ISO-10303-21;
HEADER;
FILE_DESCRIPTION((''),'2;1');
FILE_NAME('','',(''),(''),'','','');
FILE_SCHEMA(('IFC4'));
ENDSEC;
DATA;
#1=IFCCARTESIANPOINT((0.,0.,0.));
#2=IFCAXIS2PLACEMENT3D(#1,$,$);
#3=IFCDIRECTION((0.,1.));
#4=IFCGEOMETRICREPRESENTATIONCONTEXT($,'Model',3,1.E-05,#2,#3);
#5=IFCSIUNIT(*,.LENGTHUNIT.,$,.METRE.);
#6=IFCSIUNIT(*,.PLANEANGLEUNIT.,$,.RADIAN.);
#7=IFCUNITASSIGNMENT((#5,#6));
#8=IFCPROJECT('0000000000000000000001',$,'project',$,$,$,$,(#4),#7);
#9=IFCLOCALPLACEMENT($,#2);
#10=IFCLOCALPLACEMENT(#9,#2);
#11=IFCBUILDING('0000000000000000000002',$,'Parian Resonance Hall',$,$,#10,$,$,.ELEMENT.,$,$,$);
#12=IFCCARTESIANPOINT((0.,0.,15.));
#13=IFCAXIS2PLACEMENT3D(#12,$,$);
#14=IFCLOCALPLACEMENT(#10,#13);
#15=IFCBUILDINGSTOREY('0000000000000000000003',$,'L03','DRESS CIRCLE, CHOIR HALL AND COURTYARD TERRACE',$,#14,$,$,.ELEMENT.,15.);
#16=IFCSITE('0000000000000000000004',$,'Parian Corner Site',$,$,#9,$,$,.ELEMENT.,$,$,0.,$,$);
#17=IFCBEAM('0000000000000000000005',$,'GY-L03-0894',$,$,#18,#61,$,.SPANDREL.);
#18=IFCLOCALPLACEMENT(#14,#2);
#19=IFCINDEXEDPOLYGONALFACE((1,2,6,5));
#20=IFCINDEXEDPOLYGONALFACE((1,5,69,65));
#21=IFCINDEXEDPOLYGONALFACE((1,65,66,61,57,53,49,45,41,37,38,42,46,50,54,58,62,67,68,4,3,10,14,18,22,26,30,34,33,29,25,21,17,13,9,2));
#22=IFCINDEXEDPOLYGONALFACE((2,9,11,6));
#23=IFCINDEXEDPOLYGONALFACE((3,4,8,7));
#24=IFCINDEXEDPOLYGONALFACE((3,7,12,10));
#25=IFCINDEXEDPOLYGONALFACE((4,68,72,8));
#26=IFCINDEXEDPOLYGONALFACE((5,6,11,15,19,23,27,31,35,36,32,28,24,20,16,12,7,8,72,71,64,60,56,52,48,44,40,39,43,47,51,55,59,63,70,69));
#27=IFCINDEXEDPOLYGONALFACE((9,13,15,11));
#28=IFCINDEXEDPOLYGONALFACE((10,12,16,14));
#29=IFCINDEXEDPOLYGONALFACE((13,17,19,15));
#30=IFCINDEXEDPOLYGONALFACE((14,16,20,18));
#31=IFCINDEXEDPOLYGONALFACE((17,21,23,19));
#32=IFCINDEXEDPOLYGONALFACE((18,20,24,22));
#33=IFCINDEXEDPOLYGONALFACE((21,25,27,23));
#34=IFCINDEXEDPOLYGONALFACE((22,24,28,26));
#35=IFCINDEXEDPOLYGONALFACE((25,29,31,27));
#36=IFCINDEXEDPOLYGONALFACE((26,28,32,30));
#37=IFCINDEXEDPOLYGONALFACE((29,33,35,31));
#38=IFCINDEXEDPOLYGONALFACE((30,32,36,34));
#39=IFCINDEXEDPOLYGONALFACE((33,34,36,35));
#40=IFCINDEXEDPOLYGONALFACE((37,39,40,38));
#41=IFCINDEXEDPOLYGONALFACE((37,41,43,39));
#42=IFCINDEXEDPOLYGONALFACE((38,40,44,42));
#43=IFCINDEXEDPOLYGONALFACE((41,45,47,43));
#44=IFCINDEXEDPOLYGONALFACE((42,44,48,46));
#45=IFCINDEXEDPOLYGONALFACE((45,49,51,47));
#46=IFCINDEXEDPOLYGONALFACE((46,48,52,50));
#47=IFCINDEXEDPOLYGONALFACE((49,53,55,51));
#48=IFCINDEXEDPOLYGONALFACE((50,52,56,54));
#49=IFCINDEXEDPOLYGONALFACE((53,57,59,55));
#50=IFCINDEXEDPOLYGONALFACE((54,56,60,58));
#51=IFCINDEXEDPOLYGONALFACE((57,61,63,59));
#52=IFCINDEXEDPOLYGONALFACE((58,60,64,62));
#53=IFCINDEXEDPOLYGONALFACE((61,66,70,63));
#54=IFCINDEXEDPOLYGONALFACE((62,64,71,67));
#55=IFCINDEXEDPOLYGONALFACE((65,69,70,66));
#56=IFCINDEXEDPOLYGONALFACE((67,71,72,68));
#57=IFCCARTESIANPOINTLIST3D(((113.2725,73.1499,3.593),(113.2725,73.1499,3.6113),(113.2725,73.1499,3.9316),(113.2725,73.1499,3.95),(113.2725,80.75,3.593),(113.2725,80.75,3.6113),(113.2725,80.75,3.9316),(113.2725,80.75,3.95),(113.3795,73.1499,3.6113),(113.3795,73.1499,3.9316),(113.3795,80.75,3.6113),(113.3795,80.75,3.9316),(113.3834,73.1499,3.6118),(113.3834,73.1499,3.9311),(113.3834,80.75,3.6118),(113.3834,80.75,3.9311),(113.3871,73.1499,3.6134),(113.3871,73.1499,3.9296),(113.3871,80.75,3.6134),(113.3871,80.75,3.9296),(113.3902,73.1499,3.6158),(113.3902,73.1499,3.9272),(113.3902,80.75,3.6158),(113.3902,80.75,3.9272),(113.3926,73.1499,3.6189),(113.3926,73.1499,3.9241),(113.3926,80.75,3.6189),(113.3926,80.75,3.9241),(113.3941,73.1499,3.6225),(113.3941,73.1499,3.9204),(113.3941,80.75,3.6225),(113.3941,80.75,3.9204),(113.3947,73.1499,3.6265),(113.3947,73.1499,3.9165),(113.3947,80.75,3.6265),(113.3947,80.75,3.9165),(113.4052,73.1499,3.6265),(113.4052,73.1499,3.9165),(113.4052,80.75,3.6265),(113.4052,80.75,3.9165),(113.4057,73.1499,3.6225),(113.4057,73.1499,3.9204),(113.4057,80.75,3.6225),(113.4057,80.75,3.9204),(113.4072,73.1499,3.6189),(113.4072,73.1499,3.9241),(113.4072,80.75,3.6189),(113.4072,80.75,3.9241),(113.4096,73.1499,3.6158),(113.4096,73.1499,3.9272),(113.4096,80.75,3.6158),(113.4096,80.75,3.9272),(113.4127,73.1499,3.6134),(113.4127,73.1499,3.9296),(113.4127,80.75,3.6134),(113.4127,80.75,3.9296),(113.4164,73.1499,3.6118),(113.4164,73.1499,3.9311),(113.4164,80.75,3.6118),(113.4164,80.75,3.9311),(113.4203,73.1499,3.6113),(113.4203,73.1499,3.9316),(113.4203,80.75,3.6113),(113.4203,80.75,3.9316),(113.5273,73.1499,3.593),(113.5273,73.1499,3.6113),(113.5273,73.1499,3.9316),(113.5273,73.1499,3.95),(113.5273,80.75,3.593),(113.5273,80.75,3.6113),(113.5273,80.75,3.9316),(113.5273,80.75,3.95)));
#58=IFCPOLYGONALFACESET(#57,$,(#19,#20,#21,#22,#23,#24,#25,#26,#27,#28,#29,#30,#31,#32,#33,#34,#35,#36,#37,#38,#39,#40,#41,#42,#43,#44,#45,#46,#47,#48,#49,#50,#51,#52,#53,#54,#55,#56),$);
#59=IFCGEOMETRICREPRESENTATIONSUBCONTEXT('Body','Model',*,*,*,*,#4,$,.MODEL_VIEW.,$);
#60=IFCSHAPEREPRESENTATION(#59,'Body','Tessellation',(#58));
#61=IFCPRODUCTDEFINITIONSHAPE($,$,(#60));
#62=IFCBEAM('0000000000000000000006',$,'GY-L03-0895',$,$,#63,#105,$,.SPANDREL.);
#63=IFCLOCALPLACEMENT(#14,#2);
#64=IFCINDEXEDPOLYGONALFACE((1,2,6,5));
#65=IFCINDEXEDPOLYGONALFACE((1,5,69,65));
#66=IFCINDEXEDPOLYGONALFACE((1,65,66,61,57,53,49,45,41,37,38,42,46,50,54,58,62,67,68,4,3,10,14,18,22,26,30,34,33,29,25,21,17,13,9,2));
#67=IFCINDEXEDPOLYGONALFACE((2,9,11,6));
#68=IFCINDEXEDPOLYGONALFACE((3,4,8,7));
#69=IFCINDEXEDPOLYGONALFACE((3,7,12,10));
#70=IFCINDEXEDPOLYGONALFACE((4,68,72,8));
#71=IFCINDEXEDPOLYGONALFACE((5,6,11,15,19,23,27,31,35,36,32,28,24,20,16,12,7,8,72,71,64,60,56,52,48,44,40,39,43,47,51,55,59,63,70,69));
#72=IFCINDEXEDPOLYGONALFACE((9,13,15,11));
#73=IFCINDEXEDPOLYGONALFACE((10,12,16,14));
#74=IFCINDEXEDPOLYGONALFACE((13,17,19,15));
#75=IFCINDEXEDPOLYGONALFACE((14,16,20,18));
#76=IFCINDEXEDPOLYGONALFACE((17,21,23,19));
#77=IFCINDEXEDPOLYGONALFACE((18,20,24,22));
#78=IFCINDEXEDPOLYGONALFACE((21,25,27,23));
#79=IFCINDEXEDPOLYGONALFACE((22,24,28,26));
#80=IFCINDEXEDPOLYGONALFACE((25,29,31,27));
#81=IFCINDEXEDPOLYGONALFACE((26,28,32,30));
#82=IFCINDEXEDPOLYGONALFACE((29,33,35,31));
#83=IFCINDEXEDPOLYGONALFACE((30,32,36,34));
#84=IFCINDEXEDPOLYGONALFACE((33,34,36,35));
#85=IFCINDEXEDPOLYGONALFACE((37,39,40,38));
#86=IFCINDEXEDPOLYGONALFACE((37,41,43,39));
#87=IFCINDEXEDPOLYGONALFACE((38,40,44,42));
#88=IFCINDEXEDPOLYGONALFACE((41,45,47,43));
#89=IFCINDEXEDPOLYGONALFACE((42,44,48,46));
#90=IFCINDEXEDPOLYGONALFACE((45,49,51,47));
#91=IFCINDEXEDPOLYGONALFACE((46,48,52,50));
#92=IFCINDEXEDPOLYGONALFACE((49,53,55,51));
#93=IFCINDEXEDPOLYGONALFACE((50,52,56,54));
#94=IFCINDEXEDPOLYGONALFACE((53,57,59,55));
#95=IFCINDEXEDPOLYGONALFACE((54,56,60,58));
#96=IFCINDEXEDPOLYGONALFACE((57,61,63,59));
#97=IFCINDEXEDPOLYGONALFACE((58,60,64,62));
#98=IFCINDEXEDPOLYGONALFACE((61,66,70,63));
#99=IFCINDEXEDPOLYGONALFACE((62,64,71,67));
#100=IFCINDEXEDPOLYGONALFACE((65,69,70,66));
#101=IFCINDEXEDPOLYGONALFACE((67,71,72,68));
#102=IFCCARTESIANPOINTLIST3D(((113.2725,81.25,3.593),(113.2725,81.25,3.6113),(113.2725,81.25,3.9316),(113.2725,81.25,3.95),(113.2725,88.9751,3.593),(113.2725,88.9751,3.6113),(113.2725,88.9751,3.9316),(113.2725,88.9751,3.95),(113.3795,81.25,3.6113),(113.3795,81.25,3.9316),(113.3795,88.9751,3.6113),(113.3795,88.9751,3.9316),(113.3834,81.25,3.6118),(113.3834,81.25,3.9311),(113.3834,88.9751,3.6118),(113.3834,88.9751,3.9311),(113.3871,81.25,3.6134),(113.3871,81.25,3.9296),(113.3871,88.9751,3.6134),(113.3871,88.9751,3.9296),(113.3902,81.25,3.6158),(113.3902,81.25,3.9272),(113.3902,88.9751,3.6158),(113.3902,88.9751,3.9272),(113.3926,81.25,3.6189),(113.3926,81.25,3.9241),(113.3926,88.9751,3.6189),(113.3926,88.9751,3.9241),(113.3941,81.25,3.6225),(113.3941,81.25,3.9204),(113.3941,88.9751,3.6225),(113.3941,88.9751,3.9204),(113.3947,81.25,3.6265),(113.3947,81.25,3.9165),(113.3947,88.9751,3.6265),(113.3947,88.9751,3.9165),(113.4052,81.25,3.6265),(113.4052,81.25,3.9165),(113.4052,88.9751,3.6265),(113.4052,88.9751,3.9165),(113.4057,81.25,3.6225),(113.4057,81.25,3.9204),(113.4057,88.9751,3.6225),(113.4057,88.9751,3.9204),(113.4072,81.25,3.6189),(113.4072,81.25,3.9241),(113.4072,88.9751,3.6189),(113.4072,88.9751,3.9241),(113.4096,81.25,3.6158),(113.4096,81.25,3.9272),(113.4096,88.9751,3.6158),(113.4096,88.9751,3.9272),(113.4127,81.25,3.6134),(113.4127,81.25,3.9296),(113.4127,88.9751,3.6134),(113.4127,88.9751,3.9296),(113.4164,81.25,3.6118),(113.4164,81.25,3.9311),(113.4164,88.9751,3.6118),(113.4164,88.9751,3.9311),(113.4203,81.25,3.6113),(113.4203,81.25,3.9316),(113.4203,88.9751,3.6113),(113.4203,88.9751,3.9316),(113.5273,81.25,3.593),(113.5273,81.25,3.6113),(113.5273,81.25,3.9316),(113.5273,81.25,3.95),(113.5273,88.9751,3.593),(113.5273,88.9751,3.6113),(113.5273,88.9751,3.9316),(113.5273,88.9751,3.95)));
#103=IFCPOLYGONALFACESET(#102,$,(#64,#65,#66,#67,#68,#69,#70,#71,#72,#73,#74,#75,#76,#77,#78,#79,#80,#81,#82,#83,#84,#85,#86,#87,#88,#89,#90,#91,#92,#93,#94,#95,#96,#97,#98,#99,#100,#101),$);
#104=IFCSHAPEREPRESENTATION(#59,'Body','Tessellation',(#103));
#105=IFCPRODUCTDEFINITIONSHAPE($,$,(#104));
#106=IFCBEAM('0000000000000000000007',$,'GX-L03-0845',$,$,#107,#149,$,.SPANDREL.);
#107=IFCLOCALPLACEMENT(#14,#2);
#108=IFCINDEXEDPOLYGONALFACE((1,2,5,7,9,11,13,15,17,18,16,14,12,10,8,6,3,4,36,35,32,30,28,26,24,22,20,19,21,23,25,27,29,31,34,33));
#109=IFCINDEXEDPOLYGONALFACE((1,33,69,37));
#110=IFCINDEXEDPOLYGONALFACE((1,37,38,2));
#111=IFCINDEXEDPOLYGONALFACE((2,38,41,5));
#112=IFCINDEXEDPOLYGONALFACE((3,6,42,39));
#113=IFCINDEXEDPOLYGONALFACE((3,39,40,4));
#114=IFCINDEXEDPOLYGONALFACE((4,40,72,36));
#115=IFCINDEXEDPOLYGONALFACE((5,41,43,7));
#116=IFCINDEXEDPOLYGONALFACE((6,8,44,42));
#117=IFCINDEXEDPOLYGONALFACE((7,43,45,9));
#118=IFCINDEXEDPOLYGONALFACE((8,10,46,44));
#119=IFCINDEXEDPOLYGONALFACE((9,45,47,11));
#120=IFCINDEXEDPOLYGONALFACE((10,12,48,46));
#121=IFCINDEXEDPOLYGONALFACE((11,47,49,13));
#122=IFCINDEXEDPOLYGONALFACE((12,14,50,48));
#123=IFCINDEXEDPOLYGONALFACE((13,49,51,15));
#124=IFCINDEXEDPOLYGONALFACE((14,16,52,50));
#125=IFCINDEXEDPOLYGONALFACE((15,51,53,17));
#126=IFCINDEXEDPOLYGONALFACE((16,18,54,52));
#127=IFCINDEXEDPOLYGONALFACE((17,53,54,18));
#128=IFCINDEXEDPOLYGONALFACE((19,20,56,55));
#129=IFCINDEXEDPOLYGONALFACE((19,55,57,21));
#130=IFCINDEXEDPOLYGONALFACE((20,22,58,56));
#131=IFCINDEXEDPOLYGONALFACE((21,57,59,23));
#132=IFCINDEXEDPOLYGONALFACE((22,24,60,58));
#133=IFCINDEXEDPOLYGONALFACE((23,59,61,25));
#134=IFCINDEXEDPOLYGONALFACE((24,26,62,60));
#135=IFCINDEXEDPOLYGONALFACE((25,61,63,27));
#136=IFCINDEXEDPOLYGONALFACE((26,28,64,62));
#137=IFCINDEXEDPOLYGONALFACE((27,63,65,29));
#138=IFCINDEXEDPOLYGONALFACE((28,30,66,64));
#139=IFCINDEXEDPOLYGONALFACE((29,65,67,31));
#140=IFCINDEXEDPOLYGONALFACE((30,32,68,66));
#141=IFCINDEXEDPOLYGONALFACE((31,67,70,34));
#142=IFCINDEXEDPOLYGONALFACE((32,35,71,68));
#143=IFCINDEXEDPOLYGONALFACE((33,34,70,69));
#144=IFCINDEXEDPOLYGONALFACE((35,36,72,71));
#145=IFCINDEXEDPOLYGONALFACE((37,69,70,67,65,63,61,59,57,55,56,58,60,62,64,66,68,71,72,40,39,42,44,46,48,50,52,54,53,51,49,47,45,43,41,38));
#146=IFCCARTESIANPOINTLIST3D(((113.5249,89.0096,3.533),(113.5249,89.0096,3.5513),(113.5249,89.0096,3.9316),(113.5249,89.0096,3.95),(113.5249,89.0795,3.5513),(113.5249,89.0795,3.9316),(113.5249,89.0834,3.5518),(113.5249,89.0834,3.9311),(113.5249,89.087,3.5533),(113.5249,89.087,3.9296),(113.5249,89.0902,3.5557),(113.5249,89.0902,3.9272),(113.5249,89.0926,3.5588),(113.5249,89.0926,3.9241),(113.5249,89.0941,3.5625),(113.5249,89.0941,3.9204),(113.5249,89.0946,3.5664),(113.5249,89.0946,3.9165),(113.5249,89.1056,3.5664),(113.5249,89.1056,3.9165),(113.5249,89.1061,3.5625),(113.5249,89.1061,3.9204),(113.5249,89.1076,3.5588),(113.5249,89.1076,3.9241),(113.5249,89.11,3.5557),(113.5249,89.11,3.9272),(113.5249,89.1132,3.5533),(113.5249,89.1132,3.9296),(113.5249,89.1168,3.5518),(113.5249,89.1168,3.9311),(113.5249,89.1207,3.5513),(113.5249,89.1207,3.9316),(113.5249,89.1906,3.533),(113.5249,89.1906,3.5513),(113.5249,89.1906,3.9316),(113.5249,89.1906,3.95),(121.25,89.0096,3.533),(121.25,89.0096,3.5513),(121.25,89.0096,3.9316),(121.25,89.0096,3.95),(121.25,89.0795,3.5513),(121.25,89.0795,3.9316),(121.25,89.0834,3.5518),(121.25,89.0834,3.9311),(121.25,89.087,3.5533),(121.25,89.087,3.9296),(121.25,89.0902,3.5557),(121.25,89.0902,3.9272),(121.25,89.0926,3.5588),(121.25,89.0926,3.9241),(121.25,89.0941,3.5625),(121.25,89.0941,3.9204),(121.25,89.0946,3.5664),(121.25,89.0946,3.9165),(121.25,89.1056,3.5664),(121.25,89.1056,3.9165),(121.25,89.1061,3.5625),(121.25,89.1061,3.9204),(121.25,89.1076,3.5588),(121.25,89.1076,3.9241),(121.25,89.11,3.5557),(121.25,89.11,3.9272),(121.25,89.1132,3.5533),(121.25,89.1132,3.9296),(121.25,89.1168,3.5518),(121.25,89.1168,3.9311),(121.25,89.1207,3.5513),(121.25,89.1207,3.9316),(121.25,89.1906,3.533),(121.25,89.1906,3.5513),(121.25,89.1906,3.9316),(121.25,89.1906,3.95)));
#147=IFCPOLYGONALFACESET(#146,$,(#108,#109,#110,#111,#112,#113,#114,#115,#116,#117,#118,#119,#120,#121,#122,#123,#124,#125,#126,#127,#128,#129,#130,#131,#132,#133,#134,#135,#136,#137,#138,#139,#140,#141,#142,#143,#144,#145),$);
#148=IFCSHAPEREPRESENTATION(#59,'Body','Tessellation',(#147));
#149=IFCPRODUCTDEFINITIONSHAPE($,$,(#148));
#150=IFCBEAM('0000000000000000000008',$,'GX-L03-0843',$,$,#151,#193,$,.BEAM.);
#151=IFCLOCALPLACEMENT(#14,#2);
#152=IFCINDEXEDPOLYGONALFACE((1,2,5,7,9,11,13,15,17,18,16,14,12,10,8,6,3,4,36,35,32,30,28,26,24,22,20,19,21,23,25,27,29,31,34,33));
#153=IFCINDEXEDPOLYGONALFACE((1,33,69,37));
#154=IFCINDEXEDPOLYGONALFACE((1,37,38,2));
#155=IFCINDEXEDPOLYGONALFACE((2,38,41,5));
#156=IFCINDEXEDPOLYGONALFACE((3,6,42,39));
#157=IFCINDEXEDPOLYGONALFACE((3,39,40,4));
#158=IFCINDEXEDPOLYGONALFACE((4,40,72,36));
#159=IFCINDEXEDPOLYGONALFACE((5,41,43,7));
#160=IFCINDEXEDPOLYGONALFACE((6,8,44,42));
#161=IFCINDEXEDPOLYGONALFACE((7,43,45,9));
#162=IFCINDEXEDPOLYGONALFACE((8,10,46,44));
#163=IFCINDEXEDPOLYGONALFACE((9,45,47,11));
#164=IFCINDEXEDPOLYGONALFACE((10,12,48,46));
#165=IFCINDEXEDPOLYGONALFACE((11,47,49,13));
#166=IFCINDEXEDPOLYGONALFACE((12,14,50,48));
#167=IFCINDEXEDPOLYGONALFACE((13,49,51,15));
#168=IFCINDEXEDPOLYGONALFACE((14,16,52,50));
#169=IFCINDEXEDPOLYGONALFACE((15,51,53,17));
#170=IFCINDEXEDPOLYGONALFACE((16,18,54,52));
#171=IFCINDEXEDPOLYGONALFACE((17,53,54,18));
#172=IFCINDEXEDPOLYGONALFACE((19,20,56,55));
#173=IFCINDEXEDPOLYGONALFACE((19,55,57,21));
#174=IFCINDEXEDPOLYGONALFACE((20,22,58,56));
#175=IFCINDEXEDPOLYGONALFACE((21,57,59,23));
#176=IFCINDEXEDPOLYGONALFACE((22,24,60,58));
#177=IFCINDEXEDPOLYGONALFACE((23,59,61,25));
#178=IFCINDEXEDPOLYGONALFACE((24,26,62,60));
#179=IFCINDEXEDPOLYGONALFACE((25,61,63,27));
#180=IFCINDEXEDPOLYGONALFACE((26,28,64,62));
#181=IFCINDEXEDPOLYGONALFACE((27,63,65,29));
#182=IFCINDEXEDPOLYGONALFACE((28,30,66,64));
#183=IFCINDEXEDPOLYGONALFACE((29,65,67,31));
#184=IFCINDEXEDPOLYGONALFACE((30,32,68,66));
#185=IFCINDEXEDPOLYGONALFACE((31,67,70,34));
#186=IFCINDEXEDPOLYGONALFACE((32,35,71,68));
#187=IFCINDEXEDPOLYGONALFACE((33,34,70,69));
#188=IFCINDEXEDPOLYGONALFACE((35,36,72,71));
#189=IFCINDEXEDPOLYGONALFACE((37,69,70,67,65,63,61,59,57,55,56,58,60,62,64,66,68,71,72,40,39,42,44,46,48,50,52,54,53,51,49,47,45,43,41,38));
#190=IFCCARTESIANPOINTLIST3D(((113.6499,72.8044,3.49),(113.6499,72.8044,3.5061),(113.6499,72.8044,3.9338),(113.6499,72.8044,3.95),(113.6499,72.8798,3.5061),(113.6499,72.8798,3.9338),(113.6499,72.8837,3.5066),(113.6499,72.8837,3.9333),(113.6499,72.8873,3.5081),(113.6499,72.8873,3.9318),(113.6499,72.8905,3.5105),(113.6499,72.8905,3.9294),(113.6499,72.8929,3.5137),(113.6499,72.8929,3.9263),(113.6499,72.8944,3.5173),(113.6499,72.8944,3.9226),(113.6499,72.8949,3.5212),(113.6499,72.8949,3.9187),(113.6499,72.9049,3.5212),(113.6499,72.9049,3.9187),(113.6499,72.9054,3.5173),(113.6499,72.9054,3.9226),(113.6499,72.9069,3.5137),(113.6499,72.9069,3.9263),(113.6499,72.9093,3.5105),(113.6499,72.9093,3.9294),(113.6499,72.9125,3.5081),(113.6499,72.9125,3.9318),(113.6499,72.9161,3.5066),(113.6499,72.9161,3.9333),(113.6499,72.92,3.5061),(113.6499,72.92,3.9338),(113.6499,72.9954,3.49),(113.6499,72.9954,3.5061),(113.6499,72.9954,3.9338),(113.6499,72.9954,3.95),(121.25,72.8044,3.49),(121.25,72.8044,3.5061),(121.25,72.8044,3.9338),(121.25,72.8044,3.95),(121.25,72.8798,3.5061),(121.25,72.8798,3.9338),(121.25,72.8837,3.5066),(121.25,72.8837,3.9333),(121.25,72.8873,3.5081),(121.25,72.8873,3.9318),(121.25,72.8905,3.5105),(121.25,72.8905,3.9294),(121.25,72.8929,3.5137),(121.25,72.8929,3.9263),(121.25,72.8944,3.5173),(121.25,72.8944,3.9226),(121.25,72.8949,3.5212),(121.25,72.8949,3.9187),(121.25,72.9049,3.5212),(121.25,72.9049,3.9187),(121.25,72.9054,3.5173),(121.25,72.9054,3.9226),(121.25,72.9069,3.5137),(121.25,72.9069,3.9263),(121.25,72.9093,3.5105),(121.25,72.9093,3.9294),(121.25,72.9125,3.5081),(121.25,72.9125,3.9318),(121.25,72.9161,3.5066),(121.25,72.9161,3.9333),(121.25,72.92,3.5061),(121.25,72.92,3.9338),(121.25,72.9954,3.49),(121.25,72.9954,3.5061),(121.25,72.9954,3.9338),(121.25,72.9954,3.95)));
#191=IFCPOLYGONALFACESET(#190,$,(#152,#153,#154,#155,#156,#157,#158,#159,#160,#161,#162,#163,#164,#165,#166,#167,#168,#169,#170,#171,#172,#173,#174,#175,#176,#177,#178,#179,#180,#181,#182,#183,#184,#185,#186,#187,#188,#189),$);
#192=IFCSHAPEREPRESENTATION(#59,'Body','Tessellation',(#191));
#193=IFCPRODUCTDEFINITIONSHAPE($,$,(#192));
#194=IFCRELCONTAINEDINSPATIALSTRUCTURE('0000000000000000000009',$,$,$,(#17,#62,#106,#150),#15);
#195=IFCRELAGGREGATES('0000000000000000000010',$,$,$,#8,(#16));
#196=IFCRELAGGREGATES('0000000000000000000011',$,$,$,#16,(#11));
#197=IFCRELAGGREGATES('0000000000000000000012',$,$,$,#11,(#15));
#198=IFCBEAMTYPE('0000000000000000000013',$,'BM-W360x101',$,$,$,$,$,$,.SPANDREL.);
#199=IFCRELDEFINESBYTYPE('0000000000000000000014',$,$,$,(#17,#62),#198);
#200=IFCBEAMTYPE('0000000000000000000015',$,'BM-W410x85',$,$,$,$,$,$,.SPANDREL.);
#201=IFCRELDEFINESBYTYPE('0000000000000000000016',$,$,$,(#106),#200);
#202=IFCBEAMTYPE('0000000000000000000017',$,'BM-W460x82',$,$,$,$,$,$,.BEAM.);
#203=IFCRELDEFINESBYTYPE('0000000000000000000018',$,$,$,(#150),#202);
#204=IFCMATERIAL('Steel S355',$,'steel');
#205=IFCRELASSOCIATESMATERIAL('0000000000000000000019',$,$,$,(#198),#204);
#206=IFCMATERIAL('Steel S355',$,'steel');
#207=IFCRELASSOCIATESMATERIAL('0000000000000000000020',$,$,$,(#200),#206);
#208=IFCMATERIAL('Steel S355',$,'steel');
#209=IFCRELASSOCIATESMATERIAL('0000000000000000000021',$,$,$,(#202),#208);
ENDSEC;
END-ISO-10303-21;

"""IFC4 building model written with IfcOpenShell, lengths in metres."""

from ifc_helpers import new_model, si_unit, direction, frame, origin, origin_2d, place, context, subcontext, project, spatial, i_section, extrude, material, material_profile, profile_set, type_object, element, save


model = new_model("IFC4")

# Units and contexts
model_context = context("Model", 3, precision=1e-05, world=origin(), true_north=direction((0.0, 1.0)))
body_context = subcontext(model_context, "Body", "Model", "MODEL_VIEW")
ifc_project = project(units=[si_unit("LENGTHUNIT", "METRE"), si_unit("PLANEANGLEUNIT", "RADIAN")], contexts=[model_context])

# Site, building, storey
site_placement = place(None, origin())
site = spatial("IfcSite", under=ifc_project, at=site_placement, Name="Parian Corner Site", CompositionType="ELEMENT", RefElevation=0.0)
building_placement = place(site_placement, origin())
building = spatial("IfcBuilding", under=site, at=building_placement, Name="Parian Resonance Hall", CompositionType="ELEMENT")
storey_placement = place(building_placement, frame((0.0, 0.0, 15.0)))
storey = spatial("IfcBuildingStorey", under=building, at=storey_placement, Name="L03", Description="DRESS CIRCLE, CHOIR HALL AND COURTYARD TERRACE", CompositionType="ELEMENT", Elevation=15.0)

# Beams
ifc_material_1 = material(Name="Steel S355", Category="steel")
ifc_material_profile_1 = material_profile(ifc_material_1, i_section(OverallWidth=0.2549, OverallDepth=0.3569, WebThickness=0.0105, FlangeThickness=0.0183, FilletRadius=0.0151, at=origin_2d()), Name="W360x101")
ifc_profile_set_1 = profile_set([ifc_material_profile_1], Name="Steel S355")
beam_type_1 = type_object("IfcBeamType", Name="BM-W360x101", PredefinedType="SPANDREL", material=ifc_profile_set_1)
beam_1_placement = place(storey_placement, frame((113.3999, 73.1499, 3.7715), z_axis=(0.0, 1.0, 0.0), x_axis=(-1.0, 0.0, 0.0)))
element("IfcBeam", 1, at=beam_1_placement, inside=storey, type_object=beam_type_1, Name="GY-L03-0894", PredefinedType="SPANDREL", context=body_context, shape_type="SweptSolid", body=[
    extrude(i_section(OverallWidth=0.2549, OverallDepth=0.3569, WebThickness=0.0105, FlangeThickness=0.0183, FilletRadius=0.0151, at=origin_2d()), origin(), (0.0, 0.0, 1.0), 7.6001),
])
beam_2_placement = place(storey_placement, frame((113.3999, 81.25, 3.7715), z_axis=(0.0, 1.0, 0.0), x_axis=(-1.0, 0.0, 0.0)))
element("IfcBeam", 2, at=beam_2_placement, inside=storey, type_object=beam_type_1, Name="GY-L03-0895", PredefinedType="SPANDREL", context=body_context, shape_type="SweptSolid", body=[
    extrude(i_section(OverallWidth=0.2549, OverallDepth=0.3569, WebThickness=0.0105, FlangeThickness=0.0183, FilletRadius=0.0151, at=origin_2d()), origin(), (0.0, 0.0, 1.0), 7.7251),
])
ifc_material_2 = material(Name="Steel S355", Category="steel")
ifc_material_profile_2 = material_profile(ifc_material_2, i_section(OverallWidth=0.1809, OverallDepth=0.417, WebThickness=0.011, FlangeThickness=0.0183, FilletRadius=0.0151, at=origin_2d()), Name="W410x85")
ifc_profile_set_2 = profile_set([ifc_material_profile_2], Name="Steel S355")
beam_type_2 = type_object("IfcBeamType", Name="BM-W410x85", PredefinedType="SPANDREL", material=ifc_profile_set_2)
beam_3_placement = place(storey_placement, frame((113.5249, 89.1001, 3.7415), z_axis=(1.0, 0.0, 0.0), x_axis=(0.0, 1.0, 0.0)))
element("IfcBeam", 3, at=beam_3_placement, inside=storey, type_object=beam_type_2, Name="GX-L03-0845", PredefinedType="SPANDREL", context=body_context, shape_type="SweptSolid", body=[
    extrude(i_section(OverallWidth=0.1809, OverallDepth=0.417, WebThickness=0.011, FlangeThickness=0.0183, FilletRadius=0.0151, at=origin_2d()), origin(), (0.0, 0.0, 1.0), 7.7251),
])
ifc_material_3 = material(Name="Steel S355", Category="steel")
ifc_material_profile_3 = material_profile(ifc_material_3, i_section(OverallWidth=0.1909, OverallDepth=0.46, WebThickness=0.01, FlangeThickness=0.0161, FilletRadius=0.0151, at=origin_2d()), Name="W460x82")
ifc_profile_set_3 = profile_set([ifc_material_profile_3], Name="Steel S355")
beam_type_3 = type_object("IfcBeamType", Name="BM-W460x82", PredefinedType="BEAM", material=ifc_profile_set_3)
beam_4_placement = place(storey_placement, frame((113.6499, 72.8999, 3.72), z_axis=(1.0, 0.0, 0.0), x_axis=(0.0, 1.0, 0.0)))
element("IfcBeam", 4, at=beam_4_placement, inside=storey, type_object=beam_type_3, Name="GX-L03-0843", PredefinedType="BEAM", context=body_context, shape_type="SweptSolid", body=[
    extrude(i_section(OverallWidth=0.1909, OverallDepth=0.46, WebThickness=0.01, FlangeThickness=0.0161, FilletRadius=0.0151, at=origin_2d()), origin(), (0.0, 0.0, 1.0), 7.6001),
])

save(model, "model.ifc")
